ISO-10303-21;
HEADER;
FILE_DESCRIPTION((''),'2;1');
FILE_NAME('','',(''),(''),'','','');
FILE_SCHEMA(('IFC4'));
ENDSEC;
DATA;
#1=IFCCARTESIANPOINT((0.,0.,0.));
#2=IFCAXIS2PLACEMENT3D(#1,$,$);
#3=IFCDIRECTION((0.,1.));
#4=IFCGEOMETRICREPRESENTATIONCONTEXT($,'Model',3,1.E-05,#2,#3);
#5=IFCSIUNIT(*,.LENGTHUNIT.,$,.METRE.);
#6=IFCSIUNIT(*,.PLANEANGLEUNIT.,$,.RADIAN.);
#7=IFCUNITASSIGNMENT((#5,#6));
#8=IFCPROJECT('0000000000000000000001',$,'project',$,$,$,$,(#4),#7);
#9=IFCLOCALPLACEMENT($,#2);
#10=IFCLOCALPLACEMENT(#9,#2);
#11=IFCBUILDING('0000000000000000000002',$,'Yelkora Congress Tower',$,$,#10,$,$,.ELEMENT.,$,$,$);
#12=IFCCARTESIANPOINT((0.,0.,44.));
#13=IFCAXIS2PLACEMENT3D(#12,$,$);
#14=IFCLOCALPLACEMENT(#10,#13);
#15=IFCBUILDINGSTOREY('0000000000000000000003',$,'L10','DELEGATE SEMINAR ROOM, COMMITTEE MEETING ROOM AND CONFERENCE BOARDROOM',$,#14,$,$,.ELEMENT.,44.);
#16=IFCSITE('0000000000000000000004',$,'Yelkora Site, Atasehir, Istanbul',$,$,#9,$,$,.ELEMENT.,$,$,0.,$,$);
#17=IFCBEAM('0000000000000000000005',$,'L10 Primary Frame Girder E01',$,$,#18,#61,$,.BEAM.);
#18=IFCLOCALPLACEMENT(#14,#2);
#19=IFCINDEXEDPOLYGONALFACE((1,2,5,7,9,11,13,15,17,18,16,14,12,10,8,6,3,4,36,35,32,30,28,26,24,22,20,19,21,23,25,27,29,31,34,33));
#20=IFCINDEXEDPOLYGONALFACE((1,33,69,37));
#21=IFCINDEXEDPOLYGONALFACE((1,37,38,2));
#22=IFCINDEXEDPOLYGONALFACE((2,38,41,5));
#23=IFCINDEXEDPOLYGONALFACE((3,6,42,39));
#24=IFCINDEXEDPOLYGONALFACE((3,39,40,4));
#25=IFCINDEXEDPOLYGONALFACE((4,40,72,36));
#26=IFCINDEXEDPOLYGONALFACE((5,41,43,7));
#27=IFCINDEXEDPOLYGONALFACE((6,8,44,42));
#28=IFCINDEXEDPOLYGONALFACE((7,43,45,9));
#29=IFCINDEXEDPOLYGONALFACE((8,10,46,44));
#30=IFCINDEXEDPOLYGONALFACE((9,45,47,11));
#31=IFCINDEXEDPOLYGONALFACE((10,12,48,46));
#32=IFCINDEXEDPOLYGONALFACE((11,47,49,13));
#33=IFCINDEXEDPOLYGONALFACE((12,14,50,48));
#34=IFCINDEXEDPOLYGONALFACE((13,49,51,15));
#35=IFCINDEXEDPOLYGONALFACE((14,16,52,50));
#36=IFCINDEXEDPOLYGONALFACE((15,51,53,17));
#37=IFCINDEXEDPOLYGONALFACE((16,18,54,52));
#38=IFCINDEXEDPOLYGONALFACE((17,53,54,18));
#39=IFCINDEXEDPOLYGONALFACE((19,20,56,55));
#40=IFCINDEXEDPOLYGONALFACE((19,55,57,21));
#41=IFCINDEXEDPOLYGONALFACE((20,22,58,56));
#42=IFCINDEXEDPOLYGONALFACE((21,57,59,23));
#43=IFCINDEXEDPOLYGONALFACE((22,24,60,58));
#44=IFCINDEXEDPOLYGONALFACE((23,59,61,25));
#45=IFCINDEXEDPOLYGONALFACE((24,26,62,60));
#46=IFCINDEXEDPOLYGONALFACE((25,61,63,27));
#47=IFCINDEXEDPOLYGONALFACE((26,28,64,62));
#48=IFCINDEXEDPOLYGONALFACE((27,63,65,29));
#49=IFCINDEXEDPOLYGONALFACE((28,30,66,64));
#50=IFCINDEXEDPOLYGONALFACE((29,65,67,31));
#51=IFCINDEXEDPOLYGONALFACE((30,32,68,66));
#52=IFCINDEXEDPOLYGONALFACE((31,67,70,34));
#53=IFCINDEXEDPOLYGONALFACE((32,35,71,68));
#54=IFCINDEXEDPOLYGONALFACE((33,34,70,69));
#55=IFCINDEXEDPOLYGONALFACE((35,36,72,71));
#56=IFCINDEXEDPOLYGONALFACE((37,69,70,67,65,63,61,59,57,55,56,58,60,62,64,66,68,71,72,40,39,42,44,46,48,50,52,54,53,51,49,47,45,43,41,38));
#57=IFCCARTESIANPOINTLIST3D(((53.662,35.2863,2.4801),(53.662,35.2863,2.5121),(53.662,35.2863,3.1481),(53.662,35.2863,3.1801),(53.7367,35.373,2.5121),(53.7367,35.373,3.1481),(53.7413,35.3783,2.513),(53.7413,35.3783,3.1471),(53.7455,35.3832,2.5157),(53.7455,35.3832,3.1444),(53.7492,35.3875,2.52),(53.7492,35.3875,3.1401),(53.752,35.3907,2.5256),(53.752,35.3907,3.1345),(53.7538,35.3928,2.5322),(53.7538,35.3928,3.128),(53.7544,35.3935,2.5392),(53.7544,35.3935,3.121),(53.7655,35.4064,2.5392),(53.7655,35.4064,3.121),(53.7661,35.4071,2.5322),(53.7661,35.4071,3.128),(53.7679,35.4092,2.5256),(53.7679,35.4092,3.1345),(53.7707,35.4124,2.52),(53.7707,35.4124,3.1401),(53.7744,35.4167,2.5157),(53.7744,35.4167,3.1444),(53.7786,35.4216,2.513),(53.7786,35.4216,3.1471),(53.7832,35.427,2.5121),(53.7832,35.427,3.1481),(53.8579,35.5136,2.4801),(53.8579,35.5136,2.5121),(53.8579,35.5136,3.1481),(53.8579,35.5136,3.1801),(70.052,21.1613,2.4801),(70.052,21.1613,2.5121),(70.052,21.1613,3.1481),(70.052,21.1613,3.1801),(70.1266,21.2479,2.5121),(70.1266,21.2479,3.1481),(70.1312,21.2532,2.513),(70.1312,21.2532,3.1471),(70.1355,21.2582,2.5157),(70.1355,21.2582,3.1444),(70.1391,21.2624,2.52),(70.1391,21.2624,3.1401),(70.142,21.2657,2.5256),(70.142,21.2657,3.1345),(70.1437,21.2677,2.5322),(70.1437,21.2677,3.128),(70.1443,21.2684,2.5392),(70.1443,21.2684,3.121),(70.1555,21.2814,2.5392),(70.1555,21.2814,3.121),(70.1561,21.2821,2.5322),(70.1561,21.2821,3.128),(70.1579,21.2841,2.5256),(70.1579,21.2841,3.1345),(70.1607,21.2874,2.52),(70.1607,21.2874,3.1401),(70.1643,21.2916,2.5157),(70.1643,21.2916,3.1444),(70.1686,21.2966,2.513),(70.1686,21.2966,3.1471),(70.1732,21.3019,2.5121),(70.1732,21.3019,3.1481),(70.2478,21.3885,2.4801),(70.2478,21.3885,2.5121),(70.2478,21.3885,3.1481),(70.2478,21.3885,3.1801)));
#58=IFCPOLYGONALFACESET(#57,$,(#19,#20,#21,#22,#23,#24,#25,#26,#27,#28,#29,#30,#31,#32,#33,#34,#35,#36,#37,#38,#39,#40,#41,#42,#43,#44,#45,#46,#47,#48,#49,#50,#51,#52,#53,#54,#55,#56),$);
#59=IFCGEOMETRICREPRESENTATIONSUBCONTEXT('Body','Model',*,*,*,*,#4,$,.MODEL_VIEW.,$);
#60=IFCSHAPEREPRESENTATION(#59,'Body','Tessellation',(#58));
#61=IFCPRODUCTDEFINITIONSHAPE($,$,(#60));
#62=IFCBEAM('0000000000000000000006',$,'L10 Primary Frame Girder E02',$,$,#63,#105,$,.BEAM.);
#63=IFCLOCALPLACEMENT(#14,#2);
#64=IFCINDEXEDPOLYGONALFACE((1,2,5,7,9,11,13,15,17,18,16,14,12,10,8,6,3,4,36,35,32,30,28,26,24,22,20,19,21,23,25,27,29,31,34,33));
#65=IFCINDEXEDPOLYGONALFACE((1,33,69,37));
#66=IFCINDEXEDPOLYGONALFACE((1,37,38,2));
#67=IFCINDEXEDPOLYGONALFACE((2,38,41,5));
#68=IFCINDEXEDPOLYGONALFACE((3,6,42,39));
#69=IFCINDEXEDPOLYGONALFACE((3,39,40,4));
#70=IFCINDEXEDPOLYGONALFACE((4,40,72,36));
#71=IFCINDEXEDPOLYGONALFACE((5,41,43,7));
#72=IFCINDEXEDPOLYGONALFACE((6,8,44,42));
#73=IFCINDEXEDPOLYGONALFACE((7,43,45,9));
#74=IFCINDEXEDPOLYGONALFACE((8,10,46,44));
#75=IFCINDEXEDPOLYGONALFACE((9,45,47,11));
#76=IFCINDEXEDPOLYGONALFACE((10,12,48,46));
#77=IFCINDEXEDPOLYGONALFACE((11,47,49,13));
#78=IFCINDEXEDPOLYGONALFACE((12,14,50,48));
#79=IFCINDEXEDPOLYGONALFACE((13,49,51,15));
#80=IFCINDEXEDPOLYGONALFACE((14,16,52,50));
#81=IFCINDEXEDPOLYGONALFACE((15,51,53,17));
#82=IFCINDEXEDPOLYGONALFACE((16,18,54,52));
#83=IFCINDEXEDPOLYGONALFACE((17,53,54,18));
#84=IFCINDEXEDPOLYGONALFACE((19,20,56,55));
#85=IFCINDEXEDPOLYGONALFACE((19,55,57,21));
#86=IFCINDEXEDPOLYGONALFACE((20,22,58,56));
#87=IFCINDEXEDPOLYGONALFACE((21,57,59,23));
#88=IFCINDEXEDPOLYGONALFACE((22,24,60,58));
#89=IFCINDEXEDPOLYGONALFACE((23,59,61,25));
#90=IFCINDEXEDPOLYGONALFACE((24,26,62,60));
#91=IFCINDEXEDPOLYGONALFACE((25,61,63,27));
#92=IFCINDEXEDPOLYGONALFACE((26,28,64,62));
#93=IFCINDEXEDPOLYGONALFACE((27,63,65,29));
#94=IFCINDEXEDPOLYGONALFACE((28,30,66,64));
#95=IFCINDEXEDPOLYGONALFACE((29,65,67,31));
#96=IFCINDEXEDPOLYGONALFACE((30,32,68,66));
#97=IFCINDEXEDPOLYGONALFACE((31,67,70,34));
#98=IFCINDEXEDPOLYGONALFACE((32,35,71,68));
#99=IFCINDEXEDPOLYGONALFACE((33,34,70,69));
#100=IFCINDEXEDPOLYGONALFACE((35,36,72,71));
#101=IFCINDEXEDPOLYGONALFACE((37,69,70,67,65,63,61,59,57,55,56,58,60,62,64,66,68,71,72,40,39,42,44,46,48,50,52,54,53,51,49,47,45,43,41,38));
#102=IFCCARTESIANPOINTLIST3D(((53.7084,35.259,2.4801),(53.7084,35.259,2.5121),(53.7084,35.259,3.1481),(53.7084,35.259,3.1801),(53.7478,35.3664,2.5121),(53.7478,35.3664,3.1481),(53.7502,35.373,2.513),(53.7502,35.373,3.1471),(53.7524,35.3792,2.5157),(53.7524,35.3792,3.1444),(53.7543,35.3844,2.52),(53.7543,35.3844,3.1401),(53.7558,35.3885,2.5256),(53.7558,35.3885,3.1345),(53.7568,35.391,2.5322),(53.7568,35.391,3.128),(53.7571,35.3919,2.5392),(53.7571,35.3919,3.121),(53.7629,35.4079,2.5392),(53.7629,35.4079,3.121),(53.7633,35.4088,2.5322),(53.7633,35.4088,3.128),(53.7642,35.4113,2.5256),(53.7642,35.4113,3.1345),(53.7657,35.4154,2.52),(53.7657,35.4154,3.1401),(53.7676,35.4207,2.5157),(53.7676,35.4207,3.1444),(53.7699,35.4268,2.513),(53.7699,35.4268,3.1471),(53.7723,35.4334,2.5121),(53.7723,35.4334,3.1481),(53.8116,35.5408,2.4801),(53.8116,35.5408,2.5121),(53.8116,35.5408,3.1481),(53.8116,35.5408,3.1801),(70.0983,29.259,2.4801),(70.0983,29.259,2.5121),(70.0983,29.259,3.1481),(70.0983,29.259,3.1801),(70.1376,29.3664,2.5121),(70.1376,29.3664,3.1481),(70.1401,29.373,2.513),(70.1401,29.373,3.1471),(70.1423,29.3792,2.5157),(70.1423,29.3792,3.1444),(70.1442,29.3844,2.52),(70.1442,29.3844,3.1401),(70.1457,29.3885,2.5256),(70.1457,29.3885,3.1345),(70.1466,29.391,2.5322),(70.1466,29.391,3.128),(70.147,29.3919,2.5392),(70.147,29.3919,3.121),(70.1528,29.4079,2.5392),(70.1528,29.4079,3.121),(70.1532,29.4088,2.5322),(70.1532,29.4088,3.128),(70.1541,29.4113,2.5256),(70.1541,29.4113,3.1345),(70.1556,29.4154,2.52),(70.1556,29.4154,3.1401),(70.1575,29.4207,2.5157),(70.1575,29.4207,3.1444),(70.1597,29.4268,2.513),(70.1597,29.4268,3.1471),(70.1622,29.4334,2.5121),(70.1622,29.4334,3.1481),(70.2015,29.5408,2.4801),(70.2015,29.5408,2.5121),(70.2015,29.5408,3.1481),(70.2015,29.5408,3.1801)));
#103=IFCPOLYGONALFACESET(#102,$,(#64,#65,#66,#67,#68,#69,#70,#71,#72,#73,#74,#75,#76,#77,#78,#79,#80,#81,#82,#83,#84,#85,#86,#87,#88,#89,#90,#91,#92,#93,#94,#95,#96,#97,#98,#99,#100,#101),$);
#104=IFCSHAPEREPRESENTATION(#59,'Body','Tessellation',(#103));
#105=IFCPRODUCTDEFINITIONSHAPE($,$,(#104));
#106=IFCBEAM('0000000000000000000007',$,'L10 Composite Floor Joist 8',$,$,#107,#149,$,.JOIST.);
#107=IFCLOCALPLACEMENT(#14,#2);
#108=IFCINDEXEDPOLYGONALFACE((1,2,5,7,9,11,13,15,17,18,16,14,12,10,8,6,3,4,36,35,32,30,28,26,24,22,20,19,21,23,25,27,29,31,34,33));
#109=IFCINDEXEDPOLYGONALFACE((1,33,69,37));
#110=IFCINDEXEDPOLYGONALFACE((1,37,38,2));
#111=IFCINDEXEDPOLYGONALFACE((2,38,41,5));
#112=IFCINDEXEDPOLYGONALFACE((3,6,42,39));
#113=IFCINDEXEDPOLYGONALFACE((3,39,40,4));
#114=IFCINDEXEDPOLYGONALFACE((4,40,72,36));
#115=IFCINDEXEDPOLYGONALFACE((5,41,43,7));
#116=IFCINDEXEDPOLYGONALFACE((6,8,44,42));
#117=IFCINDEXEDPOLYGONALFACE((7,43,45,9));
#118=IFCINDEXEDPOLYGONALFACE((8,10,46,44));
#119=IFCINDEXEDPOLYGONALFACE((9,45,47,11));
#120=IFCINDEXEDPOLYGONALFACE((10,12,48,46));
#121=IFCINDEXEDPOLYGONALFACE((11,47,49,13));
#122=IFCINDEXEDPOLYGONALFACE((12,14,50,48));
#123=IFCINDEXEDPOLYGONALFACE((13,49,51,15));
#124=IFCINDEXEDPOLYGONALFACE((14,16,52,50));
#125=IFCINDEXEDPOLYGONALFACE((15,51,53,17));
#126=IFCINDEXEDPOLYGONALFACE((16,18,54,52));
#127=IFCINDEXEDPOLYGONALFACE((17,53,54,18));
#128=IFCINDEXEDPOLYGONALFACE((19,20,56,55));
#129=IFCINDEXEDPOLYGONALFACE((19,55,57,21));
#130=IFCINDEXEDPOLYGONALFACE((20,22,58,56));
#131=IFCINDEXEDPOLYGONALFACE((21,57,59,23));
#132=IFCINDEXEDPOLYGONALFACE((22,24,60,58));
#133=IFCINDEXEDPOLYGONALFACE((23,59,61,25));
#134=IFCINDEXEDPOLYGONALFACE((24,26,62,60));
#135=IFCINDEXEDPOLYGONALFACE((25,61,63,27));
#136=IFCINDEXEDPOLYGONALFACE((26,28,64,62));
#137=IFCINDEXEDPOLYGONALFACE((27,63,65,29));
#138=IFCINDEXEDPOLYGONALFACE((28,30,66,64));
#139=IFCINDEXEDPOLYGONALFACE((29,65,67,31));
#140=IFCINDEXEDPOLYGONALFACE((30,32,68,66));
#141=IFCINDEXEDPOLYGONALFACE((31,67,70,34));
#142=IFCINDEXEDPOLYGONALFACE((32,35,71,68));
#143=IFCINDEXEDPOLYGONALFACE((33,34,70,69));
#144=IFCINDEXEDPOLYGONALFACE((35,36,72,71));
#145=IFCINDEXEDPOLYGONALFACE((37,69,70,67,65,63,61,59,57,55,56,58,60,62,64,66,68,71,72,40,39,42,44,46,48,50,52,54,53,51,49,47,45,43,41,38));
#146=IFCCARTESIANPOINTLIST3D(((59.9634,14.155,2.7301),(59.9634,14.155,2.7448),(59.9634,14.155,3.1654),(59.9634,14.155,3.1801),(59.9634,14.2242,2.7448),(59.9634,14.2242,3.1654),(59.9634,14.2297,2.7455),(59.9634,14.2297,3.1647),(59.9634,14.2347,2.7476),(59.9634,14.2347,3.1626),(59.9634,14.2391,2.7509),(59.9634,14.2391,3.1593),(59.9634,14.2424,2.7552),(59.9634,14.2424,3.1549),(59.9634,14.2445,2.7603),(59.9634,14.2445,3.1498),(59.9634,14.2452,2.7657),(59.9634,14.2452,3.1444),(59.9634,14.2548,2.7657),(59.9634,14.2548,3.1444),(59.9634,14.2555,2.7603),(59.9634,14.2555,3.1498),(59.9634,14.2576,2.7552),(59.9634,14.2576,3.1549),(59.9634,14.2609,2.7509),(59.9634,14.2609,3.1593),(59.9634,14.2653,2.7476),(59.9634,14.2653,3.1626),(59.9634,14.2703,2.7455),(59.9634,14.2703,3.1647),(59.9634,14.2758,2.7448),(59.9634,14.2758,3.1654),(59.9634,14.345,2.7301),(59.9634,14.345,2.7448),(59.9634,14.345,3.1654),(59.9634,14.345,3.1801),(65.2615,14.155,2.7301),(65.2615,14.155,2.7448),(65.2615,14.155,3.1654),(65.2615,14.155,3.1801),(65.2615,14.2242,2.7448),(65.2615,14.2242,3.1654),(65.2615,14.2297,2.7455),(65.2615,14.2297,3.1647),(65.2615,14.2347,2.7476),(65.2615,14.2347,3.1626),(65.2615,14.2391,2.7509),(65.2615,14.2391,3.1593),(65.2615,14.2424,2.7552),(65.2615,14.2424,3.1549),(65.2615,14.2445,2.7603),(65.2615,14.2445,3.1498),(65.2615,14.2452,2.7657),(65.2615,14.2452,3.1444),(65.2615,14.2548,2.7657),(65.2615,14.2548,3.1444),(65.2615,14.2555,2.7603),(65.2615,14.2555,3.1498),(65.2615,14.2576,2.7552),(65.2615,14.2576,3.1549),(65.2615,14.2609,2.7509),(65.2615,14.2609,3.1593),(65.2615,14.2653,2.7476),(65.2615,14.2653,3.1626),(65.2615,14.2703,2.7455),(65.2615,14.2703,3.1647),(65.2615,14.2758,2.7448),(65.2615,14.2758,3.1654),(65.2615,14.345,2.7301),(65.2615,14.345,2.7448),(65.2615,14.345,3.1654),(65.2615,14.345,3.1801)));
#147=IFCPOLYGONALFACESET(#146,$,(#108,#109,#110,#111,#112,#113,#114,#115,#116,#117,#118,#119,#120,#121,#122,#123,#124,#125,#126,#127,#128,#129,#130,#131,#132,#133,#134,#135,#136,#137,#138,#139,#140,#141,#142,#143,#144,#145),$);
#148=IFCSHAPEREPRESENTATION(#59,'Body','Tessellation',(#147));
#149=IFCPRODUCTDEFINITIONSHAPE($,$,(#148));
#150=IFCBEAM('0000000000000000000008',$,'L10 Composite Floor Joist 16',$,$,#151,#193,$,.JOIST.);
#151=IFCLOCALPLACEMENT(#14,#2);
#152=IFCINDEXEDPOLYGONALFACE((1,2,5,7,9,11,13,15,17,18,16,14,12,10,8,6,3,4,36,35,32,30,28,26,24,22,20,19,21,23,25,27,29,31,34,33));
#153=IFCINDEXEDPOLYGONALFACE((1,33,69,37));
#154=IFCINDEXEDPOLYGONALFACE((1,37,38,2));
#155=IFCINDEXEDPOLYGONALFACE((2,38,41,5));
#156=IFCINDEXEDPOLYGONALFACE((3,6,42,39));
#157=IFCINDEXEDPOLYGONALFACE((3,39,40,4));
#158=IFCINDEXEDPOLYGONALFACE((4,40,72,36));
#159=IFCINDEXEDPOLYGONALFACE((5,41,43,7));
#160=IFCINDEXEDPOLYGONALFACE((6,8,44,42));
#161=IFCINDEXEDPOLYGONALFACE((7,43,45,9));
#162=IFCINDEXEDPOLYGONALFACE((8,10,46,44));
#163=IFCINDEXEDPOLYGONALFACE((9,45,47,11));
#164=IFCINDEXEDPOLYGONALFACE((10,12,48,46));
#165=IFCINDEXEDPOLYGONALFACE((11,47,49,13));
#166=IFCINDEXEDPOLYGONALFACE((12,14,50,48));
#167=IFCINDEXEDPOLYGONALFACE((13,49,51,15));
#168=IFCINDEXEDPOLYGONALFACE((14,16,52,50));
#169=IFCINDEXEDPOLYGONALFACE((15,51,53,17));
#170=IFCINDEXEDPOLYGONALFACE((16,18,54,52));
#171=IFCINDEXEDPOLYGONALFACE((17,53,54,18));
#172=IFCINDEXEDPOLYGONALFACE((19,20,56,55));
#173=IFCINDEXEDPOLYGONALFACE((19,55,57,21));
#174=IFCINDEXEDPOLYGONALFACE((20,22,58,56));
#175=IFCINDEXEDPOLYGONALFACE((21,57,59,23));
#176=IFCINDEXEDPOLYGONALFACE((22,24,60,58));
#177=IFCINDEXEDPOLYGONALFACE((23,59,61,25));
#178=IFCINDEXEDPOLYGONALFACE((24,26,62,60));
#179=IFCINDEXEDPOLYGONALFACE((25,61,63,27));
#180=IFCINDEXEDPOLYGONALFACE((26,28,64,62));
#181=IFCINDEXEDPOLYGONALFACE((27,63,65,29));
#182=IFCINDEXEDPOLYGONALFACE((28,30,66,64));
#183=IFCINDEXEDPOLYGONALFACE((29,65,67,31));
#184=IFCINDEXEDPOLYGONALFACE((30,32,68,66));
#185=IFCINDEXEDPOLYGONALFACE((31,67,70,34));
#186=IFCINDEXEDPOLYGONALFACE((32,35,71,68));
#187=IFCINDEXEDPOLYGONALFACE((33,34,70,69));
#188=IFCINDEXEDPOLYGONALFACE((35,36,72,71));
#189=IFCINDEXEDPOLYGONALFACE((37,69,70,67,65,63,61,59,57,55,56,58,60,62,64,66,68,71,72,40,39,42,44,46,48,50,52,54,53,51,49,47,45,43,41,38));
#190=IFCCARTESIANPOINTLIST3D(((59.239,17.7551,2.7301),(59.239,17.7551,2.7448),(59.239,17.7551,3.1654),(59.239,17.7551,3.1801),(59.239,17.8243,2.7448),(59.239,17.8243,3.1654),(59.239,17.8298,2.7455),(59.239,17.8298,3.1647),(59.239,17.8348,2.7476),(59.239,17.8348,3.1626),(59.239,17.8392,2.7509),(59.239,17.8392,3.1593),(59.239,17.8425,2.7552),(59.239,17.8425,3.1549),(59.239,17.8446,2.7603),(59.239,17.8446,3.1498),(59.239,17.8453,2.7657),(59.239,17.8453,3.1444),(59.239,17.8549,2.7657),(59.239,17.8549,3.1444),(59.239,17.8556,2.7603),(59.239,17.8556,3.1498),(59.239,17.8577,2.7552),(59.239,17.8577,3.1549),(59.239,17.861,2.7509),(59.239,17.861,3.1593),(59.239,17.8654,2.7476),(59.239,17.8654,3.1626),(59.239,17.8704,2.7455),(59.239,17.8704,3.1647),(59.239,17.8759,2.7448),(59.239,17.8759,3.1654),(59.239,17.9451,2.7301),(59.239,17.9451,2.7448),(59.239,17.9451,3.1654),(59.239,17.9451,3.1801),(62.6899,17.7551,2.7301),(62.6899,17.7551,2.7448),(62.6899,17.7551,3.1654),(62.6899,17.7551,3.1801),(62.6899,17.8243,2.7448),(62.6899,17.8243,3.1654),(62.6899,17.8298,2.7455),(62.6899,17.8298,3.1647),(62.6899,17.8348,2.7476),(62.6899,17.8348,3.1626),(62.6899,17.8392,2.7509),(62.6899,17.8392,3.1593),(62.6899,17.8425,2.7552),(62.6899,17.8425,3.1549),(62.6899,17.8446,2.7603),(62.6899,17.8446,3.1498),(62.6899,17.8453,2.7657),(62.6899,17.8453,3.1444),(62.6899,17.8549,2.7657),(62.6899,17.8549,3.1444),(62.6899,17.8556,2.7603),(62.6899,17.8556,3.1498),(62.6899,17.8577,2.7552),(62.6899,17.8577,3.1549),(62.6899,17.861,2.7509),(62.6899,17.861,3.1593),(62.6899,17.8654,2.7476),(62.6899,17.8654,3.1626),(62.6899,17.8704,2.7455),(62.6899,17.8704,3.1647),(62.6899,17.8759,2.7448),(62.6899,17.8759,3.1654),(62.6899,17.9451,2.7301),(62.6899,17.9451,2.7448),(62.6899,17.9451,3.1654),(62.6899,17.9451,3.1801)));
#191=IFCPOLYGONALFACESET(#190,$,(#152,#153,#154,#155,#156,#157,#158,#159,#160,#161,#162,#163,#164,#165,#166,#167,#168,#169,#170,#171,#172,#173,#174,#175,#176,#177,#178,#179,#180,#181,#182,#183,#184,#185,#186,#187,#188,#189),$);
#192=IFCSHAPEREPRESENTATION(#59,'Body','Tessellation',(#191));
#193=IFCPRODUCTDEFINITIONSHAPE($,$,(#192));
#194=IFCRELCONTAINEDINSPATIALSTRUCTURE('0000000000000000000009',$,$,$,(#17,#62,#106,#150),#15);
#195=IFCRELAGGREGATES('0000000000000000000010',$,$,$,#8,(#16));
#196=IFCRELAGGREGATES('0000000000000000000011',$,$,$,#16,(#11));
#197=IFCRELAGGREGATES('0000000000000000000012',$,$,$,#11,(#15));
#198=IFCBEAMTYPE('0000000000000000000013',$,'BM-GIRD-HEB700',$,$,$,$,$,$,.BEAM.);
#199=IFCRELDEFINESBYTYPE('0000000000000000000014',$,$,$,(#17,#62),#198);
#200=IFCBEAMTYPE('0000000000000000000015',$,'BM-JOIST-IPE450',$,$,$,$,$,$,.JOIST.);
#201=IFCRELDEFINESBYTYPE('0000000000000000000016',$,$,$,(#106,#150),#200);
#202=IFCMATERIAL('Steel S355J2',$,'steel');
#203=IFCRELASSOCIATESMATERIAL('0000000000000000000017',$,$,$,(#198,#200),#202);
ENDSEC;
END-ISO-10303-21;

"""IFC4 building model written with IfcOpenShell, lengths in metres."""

from ifc_helpers import new_model, si_unit, direction, frame, origin, origin_2d, place, context, subcontext, project, spatial, i_section, extrude, material, material_profile, profile_set, type_object, element, save


model = new_model("IFC4")

# Units and contexts
model_context = context("Model", 3, precision=1e-05, world=origin(), true_north=direction((0.0, 1.0)))
body_context = subcontext(model_context, "Body", "Model", "MODEL_VIEW")
ifc_project = project(units=[si_unit("LENGTHUNIT", "METRE"), si_unit("PLANEANGLEUNIT", "RADIAN")], contexts=[model_context])

# Site, building, storey
site_placement = place(None, origin())
site = spatial("IfcSite", under=ifc_project, at=site_placement, Name="Yelkora Site, Atasehir, Istanbul", CompositionType="ELEMENT", RefElevation=0.0)
building_placement = place(site_placement, origin())
building = spatial("IfcBuilding", under=site, at=building_placement, Name="Yelkora Congress Tower", CompositionType="ELEMENT")
storey_placement = place(building_placement, frame((0.0, 0.0, 44.0)))
storey = spatial("IfcBuildingStorey", under=building, at=storey_placement, Name="L10", Description="DELEGATE SEMINAR ROOM, COMMITTEE MEETING ROOM AND CONFERENCE BOARDROOM", CompositionType="ELEMENT", Elevation=44.0)

# Beams
ifc_material_1 = material(Name="Steel S355J2", Category="steel")
ifc_material_profile_1 = material_profile(ifc_material_1, i_section(OverallWidth=0.3, OverallDepth=0.7, WebThickness=0.0171, FlangeThickness=0.032, FilletRadius=0.0271, at=origin_2d()), Name="HEB 700")
ifc_profile_set_1 = profile_set([ifc_material_profile_1], Name="Steel S355J2")
beam_type_1 = type_object("IfcBeamType", Name="BM-GIRD-HEB700", PredefinedType="BEAM", material=ifc_profile_set_1)
beam_1_placement = place(storey_placement, frame((70.1499, 21.2749, 2.8301), z_axis=(-0.757506, 0.652828, 0.0), x_axis=(-0.652828, -0.757506, 0.0)))
element("IfcBeam", 1, at=beam_1_placement, inside=storey, type_object=beam_type_1, Name="L10 Primary Frame Girder E01", PredefinedType="BEAM", context=body_context, shape_type="SweptSolid", body=[
    extrude(i_section(OverallWidth=0.3, OverallDepth=0.7, WebThickness=0.0171, FlangeThickness=0.032, FilletRadius=0.0271, at=origin_2d()), origin(), (0.0, 0.0, 1.0), 21.6367),
])
beam_2_placement = place(storey_placement, frame((70.1499, 29.3999, 2.8301), z_axis=(-0.939054, 0.343768, 0.0), x_axis=(-0.343768, -0.939054, 0.0)))
element("IfcBeam", 2, at=beam_2_placement, inside=storey, type_object=beam_type_1, Name="L10 Primary Frame Girder E02", PredefinedType="BEAM", context=body_context, shape_type="SweptSolid", body=[
    extrude(i_section(OverallWidth=0.3, OverallDepth=0.7, WebThickness=0.0171, FlangeThickness=0.032, FilletRadius=0.0271, at=origin_2d()), origin(), (0.0, 0.0, 1.0), 17.4536),
])
ifc_material_profile_2 = material_profile(ifc_material_1, i_section(OverallWidth=0.1899, OverallDepth=0.45, WebThickness=0.0095, FlangeThickness=0.0146, FilletRadius=0.021, at=origin_2d()), Name="IPE 450")
ifc_profile_set_2 = profile_set([ifc_material_profile_2], Name="Steel S355J2")
beam_type_2 = type_object("IfcBeamType", Name="BM-JOIST-IPE450", PredefinedType="JOIST", material=ifc_profile_set_2)
beam_3_placement = place(storey_placement, frame((59.9634, 14.25, 2.9551), z_axis=(1.0, 0.0, 0.0), x_axis=(0.0, 1.0, 0.0)))
element("IfcBeam", 3, at=beam_3_placement, inside=storey, type_object=beam_type_2, Name="L10 Composite Floor Joist 8", PredefinedType="JOIST", context=body_context, shape_type="SweptSolid", body=[
    extrude(i_section(OverallWidth=0.1899, OverallDepth=0.45, WebThickness=0.0095, FlangeThickness=0.0146, FilletRadius=0.021, at=origin_2d()), origin(), (0.0, 0.0, 1.0), 5.2981),
])
beam_4_placement = place(storey_placement, frame((59.239, 17.8501, 2.9551), z_axis=(1.0, 0.0, 0.0), x_axis=(0.0, 1.0, 0.0)))
element("IfcBeam", 4, at=beam_4_placement, inside=storey, type_object=beam_type_2, Name="L10 Composite Floor Joist 16", PredefinedType="JOIST", context=body_context, shape_type="SweptSolid", body=[
    extrude(i_section(OverallWidth=0.1899, OverallDepth=0.45, WebThickness=0.0095, FlangeThickness=0.0146, FilletRadius=0.021, at=origin_2d()), origin(), (0.0, 0.0, 1.0), 3.4509),
])

save(model, "model.ifc")
